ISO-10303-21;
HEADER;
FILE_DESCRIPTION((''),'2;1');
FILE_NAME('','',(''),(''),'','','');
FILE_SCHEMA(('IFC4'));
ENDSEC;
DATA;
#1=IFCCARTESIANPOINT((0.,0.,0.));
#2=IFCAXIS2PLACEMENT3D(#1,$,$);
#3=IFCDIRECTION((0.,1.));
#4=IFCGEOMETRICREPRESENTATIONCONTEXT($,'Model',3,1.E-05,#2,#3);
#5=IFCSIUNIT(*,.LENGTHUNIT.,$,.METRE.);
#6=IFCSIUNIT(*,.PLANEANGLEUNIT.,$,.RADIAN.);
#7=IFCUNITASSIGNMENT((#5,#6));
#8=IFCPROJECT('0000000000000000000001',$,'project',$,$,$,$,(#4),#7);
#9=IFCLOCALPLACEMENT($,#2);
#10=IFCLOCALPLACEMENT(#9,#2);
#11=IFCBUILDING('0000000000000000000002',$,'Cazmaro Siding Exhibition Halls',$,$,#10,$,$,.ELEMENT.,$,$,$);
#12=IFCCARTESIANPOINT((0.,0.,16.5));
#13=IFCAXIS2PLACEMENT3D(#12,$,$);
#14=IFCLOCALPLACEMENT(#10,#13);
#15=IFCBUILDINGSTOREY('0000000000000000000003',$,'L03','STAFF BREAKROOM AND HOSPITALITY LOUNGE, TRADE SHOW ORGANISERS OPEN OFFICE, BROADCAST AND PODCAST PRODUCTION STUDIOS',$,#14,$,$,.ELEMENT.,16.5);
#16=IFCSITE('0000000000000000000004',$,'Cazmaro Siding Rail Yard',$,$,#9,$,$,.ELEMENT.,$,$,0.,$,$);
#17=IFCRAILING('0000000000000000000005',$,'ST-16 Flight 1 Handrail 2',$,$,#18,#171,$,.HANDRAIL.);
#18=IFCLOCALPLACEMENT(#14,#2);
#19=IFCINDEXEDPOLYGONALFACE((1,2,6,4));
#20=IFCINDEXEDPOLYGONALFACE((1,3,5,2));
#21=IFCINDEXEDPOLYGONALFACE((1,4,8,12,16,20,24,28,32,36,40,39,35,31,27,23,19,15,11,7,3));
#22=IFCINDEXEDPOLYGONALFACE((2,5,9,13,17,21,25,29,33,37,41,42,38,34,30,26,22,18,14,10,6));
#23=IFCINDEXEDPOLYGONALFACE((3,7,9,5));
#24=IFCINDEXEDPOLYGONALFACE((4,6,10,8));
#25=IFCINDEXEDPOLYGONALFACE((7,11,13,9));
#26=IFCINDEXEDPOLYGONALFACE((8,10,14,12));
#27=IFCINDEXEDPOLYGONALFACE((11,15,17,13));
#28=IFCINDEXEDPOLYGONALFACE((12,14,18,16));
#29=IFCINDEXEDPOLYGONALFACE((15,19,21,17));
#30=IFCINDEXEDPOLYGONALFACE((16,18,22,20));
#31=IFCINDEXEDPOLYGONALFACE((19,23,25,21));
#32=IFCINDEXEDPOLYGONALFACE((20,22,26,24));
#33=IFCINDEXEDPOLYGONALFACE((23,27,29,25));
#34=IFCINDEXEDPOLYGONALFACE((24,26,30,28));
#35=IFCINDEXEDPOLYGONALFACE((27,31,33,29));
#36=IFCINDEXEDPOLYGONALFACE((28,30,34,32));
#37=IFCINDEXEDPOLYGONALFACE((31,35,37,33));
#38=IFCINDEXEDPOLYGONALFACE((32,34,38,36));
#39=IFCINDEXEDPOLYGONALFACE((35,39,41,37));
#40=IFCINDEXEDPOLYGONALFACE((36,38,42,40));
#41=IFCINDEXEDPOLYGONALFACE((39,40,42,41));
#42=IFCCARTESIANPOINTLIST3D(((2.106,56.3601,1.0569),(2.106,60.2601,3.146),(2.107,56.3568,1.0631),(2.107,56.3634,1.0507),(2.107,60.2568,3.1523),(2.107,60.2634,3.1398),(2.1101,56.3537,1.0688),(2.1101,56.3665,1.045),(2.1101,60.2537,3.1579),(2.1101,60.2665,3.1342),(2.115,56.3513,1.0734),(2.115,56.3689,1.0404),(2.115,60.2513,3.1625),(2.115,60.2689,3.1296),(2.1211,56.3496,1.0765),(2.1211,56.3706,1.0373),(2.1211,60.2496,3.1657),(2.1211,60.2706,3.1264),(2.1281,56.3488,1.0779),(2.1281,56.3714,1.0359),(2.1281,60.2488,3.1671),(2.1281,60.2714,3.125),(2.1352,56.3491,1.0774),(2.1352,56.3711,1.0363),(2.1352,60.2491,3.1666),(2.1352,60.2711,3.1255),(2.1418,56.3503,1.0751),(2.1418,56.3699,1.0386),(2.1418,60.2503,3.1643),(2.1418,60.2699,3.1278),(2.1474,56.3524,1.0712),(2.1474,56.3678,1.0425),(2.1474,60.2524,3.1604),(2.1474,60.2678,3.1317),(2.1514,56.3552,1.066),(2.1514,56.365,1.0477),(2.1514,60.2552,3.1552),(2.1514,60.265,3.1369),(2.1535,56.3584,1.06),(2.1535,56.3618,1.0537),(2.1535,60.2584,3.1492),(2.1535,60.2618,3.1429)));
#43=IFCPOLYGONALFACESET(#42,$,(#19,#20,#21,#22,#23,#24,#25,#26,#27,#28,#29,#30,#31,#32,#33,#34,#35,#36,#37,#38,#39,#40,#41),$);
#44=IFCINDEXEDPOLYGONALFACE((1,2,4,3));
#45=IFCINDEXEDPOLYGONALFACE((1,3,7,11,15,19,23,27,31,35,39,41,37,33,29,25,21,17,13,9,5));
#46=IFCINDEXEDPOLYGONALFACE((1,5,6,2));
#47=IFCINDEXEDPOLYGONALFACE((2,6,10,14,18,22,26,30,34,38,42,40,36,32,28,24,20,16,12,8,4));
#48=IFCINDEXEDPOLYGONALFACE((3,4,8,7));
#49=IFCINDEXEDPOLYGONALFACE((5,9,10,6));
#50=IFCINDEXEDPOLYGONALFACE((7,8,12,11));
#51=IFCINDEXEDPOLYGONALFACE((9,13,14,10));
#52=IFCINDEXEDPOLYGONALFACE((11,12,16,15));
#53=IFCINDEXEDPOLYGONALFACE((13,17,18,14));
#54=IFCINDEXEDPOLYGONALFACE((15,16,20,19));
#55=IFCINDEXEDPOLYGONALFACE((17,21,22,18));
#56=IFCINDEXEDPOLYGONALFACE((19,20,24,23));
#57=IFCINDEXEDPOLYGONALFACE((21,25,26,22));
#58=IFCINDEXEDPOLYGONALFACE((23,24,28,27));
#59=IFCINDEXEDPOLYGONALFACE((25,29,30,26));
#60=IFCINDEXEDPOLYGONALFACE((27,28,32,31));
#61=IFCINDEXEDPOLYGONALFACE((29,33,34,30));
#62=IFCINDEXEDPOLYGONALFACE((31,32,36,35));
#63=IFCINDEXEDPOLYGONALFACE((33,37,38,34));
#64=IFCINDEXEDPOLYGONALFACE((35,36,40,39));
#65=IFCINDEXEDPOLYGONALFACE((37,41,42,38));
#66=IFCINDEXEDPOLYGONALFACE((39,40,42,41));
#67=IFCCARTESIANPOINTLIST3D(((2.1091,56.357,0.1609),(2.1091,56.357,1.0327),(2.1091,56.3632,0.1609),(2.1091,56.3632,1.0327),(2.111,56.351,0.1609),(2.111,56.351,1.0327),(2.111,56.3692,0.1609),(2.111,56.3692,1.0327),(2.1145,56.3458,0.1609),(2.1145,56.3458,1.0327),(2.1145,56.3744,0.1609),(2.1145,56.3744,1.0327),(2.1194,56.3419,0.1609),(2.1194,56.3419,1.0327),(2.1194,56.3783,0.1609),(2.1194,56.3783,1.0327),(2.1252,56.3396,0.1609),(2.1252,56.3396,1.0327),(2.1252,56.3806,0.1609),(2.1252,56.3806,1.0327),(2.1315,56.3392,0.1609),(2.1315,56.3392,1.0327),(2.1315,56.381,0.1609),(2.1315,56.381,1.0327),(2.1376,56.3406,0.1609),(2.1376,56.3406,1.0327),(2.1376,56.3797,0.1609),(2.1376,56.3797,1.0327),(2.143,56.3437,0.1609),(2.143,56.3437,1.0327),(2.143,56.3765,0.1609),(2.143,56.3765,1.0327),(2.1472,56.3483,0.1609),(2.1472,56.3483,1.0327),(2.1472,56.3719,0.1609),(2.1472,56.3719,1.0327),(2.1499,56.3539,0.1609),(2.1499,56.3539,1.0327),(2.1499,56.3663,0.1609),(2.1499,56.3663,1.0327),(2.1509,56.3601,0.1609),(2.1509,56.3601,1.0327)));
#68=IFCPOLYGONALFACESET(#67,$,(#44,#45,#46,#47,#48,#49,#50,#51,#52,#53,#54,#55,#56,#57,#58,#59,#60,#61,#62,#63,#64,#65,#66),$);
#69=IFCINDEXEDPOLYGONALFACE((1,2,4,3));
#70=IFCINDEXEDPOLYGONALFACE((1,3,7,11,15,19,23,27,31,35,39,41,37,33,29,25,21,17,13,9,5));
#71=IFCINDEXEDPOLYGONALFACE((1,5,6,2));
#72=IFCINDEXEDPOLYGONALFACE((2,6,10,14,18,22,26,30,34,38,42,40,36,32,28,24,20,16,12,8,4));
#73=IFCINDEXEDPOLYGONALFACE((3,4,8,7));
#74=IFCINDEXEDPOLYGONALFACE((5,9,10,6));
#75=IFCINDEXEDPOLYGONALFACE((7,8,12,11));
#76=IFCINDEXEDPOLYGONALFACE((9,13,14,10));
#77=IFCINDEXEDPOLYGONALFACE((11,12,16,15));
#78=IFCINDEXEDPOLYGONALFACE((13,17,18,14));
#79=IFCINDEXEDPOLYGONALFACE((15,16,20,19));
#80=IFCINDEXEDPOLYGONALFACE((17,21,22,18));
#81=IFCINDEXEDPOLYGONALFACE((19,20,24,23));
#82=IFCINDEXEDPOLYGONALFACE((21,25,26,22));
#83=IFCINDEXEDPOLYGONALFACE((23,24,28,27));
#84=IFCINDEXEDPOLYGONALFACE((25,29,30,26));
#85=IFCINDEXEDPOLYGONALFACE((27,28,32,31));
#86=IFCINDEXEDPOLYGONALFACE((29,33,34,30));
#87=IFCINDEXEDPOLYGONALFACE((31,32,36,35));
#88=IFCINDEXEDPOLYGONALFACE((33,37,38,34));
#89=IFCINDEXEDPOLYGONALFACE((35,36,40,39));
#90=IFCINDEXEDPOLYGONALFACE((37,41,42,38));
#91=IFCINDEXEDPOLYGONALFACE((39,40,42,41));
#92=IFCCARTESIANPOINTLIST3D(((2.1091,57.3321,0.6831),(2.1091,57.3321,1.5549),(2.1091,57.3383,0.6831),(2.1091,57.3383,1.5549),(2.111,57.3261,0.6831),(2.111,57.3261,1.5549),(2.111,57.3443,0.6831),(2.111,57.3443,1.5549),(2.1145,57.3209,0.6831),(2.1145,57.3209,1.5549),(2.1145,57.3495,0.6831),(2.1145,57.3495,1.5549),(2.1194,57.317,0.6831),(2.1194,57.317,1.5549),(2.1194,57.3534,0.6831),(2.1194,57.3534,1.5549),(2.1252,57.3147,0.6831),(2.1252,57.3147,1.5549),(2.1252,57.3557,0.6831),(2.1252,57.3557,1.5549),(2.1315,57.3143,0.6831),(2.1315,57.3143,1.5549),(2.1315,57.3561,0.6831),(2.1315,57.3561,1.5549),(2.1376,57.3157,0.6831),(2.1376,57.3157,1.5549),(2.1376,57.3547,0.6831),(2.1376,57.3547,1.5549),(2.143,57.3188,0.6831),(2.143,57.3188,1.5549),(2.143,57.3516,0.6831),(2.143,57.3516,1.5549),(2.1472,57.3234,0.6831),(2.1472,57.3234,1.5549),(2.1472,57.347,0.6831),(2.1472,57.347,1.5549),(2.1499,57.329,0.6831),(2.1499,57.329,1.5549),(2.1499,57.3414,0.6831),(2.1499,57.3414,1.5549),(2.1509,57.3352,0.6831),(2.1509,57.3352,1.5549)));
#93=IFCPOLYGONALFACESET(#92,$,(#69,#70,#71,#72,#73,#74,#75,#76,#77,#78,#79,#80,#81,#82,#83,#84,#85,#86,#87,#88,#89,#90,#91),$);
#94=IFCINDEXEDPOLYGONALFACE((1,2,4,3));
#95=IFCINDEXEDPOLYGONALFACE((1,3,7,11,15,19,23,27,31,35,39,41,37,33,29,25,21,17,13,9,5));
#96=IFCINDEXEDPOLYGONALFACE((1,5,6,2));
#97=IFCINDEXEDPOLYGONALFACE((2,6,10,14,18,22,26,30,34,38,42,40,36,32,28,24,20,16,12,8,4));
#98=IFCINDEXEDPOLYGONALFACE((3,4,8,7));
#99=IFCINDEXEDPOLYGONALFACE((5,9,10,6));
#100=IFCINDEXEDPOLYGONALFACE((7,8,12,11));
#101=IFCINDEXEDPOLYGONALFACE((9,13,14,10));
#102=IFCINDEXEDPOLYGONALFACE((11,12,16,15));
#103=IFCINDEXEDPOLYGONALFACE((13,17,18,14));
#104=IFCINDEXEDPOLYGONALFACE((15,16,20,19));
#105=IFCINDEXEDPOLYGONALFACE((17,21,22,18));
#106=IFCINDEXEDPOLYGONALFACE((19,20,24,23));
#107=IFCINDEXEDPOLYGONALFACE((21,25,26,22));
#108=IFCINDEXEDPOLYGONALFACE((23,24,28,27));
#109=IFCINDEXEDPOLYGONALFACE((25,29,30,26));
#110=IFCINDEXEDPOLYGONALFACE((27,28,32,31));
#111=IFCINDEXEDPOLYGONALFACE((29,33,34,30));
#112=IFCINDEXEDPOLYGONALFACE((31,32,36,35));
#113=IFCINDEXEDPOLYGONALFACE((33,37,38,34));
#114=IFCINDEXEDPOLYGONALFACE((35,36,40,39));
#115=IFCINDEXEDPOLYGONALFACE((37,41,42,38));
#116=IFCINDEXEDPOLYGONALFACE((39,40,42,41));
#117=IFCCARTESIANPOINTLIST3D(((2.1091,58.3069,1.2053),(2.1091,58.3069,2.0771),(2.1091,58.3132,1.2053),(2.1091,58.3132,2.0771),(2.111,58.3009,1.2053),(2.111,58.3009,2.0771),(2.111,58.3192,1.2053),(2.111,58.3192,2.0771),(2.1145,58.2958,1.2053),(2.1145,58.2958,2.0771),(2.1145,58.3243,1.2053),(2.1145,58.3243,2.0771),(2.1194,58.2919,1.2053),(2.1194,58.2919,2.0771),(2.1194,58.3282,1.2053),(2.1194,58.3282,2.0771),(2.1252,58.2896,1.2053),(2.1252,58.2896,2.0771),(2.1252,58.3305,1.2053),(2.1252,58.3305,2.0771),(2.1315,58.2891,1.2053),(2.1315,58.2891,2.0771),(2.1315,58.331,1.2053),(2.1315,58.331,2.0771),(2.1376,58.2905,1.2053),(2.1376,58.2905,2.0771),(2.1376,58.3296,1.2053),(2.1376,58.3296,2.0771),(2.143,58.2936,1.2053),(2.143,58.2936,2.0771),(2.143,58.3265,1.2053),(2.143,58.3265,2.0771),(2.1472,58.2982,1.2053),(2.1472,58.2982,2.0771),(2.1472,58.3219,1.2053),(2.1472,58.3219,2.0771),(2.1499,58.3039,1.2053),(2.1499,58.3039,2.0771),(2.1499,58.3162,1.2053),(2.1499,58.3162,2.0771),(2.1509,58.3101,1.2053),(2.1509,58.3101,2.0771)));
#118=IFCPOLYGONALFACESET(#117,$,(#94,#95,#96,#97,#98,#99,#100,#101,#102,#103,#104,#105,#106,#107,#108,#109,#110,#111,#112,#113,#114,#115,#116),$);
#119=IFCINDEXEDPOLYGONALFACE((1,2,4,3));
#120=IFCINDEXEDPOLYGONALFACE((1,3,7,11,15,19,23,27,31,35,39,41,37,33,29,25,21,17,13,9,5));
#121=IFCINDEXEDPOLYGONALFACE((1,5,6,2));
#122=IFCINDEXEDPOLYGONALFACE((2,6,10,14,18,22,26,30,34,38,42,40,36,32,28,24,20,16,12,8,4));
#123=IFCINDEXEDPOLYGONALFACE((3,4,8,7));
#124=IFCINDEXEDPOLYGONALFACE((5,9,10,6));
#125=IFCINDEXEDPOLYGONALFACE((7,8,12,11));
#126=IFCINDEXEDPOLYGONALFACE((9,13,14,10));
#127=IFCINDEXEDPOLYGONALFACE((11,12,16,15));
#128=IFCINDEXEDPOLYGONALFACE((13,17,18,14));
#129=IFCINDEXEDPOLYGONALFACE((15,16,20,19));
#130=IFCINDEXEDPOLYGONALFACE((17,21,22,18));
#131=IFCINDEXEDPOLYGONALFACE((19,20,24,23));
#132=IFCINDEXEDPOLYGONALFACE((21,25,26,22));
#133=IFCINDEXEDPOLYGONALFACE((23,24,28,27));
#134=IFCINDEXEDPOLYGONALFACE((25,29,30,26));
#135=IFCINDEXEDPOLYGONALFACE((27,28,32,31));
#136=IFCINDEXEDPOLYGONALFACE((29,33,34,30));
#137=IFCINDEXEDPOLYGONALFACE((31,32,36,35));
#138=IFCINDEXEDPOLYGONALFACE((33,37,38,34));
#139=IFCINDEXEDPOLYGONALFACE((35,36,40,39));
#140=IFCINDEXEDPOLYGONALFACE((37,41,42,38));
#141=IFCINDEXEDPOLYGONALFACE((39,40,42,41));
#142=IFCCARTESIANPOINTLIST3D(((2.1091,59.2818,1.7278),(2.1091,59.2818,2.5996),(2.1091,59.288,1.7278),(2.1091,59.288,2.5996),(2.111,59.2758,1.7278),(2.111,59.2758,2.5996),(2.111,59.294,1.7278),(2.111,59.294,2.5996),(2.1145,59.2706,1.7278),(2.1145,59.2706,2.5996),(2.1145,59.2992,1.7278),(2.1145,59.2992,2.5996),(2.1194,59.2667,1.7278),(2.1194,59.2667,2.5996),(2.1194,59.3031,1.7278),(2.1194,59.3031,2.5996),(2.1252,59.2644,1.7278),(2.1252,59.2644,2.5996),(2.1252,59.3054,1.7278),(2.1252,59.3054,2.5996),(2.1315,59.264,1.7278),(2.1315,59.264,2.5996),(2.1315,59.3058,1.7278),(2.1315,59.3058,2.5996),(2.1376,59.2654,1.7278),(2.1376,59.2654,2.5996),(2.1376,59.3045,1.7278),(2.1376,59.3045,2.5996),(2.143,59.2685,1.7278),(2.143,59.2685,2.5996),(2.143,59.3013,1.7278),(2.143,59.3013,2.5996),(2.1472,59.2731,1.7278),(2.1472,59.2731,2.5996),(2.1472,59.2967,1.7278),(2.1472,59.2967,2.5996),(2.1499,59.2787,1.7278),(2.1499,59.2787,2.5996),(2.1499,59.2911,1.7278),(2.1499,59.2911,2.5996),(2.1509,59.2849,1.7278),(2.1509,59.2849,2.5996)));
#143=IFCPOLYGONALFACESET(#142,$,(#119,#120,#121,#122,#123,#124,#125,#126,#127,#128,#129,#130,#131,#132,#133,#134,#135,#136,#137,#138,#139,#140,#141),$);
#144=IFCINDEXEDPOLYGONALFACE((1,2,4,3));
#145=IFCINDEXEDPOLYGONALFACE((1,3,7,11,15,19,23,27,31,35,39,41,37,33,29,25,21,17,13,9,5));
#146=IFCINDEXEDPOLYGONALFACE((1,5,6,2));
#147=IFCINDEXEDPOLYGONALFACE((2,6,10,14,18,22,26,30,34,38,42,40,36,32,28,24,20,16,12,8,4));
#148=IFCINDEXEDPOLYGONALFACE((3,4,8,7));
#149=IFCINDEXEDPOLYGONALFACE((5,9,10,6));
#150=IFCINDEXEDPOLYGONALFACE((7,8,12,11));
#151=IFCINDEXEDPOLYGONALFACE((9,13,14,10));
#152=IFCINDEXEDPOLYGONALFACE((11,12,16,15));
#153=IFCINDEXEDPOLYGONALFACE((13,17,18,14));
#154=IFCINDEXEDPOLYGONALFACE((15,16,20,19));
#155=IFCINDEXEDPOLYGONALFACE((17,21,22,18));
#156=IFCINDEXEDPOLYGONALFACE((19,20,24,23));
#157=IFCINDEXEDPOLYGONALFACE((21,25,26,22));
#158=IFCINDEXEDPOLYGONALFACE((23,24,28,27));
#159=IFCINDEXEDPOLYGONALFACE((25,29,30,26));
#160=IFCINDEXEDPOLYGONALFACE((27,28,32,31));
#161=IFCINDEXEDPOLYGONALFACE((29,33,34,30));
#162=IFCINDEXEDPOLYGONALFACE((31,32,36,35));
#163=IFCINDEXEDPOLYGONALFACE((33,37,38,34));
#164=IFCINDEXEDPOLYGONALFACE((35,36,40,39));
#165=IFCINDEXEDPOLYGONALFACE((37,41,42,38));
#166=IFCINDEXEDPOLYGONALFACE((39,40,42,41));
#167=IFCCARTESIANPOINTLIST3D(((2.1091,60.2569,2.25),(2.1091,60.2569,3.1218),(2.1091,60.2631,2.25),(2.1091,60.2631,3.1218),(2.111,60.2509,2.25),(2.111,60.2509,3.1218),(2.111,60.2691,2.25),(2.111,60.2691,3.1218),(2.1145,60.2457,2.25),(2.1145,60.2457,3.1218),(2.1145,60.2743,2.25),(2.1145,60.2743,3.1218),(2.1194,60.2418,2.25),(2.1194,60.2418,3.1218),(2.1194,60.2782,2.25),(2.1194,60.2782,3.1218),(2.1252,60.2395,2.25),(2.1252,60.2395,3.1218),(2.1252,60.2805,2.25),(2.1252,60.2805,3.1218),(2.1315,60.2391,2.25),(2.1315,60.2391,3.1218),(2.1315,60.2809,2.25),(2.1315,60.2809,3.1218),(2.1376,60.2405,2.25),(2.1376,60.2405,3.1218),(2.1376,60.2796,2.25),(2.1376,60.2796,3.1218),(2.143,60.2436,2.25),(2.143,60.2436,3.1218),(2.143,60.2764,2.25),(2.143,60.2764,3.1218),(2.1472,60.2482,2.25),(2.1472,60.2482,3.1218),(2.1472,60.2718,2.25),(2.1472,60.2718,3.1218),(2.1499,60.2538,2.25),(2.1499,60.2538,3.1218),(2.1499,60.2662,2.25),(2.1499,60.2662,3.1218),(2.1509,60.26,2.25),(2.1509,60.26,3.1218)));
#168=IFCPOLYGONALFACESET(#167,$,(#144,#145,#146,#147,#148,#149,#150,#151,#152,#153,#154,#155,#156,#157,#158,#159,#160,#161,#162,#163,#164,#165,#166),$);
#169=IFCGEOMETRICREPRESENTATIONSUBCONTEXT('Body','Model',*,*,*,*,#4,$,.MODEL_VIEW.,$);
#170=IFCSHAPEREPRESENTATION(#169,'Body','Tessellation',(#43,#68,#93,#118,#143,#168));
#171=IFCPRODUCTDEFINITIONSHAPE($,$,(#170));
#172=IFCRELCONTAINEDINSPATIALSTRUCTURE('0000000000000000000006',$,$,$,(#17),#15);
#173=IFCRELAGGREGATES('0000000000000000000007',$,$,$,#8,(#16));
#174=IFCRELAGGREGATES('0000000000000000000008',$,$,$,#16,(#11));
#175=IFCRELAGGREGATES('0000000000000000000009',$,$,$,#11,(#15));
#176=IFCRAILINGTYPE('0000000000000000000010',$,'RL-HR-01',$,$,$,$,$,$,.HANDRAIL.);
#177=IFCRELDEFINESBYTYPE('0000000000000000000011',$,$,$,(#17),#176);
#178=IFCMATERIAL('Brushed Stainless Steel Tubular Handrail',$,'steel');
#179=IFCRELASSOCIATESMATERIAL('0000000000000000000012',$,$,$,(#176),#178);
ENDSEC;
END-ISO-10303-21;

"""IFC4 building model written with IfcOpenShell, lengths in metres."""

from ifc_helpers import new_model, si_unit, direction, frame, origin, origin_2d, place, context, subcontext, project, spatial, circle, extrude, material, type_object, element, save


model = new_model("IFC4")

# Units and contexts
model_context = context("Model", 3, precision=1e-05, world=origin(), true_north=direction((0.0, 1.0)))
body_context = subcontext(model_context, "Body", "Model", "MODEL_VIEW")
ifc_project = project(units=[si_unit("LENGTHUNIT", "METRE"), si_unit("PLANEANGLEUNIT", "RADIAN")], contexts=[model_context])

# Site, building, storey
site_placement = place(None, origin())
site = spatial("IfcSite", under=ifc_project, at=site_placement, Name="Cazmaro Siding Rail Yard", CompositionType="ELEMENT", RefElevation=0.0)
building_placement = place(site_placement, origin())
building = spatial("IfcBuilding", under=site, at=building_placement, Name="Cazmaro Siding Exhibition Halls", CompositionType="ELEMENT")
storey_placement = place(building_placement, frame((0.0, 0.0, 16.5)))
storey = spatial("IfcBuildingStorey", under=building, at=storey_placement, Name="L03", Description="STAFF BREAKROOM AND HOSPITALITY LOUNGE, TRADE SHOW ORGANISERS OPEN OFFICE, BROADCAST AND PODCAST PRODUCTION STUDIOS", CompositionType="ELEMENT", Elevation=16.5)

# Railing
ifc_material_1 = material(Name="Brushed Stainless Steel Tubular Handrail", Category="steel")
railing_type_1 = type_object("IfcRailingType", Name="RL-HR-01", PredefinedType="HANDRAIL", material=ifc_material_1)
railing_1_placement = place(storey_placement, frame((2.1299, 56.3601, 0.1609)))
element("IfcRailing", 1, at=railing_1_placement, inside=storey, type_object=railing_type_1, Name="ST-16 Flight 1 Handrail 2", PredefinedType="HANDRAIL", context=body_context, shape_type="SweptSolid", body=[
    extrude(circle(Radius=0.0239, at=origin_2d()), frame((0.0, 0.0, 0.896), z_axis=(0.0, 0.881491, 0.4722), x_axis=(-1.0, 0.0, 0.0)), (0.0, 0.0, 1.0), 4.4243),
    extrude(circle(Radius=0.021, at=origin_2d()), origin(), (0.0, 0.0, 1.0), 0.8718),
    extrude(circle(Radius=0.021, at=origin_2d()), frame((0.0, 0.9751, 0.5222)), (0.0, 0.0, 1.0), 0.8718),
    extrude(circle(Radius=0.021, at=origin_2d()), frame((0.0, 1.95, 1.0444)), (0.0, 0.0, 1.0), 0.8718),
    extrude(circle(Radius=0.021, at=origin_2d()), frame((0.0, 2.9248, 1.5669)), (0.0, 0.0, 1.0), 0.8718),
    extrude(circle(Radius=0.021, at=origin_2d()), frame((0.0, 3.8999, 2.0891)), (0.0, 0.0, 1.0), 0.8718),
])

save(model, "model.ifc")
